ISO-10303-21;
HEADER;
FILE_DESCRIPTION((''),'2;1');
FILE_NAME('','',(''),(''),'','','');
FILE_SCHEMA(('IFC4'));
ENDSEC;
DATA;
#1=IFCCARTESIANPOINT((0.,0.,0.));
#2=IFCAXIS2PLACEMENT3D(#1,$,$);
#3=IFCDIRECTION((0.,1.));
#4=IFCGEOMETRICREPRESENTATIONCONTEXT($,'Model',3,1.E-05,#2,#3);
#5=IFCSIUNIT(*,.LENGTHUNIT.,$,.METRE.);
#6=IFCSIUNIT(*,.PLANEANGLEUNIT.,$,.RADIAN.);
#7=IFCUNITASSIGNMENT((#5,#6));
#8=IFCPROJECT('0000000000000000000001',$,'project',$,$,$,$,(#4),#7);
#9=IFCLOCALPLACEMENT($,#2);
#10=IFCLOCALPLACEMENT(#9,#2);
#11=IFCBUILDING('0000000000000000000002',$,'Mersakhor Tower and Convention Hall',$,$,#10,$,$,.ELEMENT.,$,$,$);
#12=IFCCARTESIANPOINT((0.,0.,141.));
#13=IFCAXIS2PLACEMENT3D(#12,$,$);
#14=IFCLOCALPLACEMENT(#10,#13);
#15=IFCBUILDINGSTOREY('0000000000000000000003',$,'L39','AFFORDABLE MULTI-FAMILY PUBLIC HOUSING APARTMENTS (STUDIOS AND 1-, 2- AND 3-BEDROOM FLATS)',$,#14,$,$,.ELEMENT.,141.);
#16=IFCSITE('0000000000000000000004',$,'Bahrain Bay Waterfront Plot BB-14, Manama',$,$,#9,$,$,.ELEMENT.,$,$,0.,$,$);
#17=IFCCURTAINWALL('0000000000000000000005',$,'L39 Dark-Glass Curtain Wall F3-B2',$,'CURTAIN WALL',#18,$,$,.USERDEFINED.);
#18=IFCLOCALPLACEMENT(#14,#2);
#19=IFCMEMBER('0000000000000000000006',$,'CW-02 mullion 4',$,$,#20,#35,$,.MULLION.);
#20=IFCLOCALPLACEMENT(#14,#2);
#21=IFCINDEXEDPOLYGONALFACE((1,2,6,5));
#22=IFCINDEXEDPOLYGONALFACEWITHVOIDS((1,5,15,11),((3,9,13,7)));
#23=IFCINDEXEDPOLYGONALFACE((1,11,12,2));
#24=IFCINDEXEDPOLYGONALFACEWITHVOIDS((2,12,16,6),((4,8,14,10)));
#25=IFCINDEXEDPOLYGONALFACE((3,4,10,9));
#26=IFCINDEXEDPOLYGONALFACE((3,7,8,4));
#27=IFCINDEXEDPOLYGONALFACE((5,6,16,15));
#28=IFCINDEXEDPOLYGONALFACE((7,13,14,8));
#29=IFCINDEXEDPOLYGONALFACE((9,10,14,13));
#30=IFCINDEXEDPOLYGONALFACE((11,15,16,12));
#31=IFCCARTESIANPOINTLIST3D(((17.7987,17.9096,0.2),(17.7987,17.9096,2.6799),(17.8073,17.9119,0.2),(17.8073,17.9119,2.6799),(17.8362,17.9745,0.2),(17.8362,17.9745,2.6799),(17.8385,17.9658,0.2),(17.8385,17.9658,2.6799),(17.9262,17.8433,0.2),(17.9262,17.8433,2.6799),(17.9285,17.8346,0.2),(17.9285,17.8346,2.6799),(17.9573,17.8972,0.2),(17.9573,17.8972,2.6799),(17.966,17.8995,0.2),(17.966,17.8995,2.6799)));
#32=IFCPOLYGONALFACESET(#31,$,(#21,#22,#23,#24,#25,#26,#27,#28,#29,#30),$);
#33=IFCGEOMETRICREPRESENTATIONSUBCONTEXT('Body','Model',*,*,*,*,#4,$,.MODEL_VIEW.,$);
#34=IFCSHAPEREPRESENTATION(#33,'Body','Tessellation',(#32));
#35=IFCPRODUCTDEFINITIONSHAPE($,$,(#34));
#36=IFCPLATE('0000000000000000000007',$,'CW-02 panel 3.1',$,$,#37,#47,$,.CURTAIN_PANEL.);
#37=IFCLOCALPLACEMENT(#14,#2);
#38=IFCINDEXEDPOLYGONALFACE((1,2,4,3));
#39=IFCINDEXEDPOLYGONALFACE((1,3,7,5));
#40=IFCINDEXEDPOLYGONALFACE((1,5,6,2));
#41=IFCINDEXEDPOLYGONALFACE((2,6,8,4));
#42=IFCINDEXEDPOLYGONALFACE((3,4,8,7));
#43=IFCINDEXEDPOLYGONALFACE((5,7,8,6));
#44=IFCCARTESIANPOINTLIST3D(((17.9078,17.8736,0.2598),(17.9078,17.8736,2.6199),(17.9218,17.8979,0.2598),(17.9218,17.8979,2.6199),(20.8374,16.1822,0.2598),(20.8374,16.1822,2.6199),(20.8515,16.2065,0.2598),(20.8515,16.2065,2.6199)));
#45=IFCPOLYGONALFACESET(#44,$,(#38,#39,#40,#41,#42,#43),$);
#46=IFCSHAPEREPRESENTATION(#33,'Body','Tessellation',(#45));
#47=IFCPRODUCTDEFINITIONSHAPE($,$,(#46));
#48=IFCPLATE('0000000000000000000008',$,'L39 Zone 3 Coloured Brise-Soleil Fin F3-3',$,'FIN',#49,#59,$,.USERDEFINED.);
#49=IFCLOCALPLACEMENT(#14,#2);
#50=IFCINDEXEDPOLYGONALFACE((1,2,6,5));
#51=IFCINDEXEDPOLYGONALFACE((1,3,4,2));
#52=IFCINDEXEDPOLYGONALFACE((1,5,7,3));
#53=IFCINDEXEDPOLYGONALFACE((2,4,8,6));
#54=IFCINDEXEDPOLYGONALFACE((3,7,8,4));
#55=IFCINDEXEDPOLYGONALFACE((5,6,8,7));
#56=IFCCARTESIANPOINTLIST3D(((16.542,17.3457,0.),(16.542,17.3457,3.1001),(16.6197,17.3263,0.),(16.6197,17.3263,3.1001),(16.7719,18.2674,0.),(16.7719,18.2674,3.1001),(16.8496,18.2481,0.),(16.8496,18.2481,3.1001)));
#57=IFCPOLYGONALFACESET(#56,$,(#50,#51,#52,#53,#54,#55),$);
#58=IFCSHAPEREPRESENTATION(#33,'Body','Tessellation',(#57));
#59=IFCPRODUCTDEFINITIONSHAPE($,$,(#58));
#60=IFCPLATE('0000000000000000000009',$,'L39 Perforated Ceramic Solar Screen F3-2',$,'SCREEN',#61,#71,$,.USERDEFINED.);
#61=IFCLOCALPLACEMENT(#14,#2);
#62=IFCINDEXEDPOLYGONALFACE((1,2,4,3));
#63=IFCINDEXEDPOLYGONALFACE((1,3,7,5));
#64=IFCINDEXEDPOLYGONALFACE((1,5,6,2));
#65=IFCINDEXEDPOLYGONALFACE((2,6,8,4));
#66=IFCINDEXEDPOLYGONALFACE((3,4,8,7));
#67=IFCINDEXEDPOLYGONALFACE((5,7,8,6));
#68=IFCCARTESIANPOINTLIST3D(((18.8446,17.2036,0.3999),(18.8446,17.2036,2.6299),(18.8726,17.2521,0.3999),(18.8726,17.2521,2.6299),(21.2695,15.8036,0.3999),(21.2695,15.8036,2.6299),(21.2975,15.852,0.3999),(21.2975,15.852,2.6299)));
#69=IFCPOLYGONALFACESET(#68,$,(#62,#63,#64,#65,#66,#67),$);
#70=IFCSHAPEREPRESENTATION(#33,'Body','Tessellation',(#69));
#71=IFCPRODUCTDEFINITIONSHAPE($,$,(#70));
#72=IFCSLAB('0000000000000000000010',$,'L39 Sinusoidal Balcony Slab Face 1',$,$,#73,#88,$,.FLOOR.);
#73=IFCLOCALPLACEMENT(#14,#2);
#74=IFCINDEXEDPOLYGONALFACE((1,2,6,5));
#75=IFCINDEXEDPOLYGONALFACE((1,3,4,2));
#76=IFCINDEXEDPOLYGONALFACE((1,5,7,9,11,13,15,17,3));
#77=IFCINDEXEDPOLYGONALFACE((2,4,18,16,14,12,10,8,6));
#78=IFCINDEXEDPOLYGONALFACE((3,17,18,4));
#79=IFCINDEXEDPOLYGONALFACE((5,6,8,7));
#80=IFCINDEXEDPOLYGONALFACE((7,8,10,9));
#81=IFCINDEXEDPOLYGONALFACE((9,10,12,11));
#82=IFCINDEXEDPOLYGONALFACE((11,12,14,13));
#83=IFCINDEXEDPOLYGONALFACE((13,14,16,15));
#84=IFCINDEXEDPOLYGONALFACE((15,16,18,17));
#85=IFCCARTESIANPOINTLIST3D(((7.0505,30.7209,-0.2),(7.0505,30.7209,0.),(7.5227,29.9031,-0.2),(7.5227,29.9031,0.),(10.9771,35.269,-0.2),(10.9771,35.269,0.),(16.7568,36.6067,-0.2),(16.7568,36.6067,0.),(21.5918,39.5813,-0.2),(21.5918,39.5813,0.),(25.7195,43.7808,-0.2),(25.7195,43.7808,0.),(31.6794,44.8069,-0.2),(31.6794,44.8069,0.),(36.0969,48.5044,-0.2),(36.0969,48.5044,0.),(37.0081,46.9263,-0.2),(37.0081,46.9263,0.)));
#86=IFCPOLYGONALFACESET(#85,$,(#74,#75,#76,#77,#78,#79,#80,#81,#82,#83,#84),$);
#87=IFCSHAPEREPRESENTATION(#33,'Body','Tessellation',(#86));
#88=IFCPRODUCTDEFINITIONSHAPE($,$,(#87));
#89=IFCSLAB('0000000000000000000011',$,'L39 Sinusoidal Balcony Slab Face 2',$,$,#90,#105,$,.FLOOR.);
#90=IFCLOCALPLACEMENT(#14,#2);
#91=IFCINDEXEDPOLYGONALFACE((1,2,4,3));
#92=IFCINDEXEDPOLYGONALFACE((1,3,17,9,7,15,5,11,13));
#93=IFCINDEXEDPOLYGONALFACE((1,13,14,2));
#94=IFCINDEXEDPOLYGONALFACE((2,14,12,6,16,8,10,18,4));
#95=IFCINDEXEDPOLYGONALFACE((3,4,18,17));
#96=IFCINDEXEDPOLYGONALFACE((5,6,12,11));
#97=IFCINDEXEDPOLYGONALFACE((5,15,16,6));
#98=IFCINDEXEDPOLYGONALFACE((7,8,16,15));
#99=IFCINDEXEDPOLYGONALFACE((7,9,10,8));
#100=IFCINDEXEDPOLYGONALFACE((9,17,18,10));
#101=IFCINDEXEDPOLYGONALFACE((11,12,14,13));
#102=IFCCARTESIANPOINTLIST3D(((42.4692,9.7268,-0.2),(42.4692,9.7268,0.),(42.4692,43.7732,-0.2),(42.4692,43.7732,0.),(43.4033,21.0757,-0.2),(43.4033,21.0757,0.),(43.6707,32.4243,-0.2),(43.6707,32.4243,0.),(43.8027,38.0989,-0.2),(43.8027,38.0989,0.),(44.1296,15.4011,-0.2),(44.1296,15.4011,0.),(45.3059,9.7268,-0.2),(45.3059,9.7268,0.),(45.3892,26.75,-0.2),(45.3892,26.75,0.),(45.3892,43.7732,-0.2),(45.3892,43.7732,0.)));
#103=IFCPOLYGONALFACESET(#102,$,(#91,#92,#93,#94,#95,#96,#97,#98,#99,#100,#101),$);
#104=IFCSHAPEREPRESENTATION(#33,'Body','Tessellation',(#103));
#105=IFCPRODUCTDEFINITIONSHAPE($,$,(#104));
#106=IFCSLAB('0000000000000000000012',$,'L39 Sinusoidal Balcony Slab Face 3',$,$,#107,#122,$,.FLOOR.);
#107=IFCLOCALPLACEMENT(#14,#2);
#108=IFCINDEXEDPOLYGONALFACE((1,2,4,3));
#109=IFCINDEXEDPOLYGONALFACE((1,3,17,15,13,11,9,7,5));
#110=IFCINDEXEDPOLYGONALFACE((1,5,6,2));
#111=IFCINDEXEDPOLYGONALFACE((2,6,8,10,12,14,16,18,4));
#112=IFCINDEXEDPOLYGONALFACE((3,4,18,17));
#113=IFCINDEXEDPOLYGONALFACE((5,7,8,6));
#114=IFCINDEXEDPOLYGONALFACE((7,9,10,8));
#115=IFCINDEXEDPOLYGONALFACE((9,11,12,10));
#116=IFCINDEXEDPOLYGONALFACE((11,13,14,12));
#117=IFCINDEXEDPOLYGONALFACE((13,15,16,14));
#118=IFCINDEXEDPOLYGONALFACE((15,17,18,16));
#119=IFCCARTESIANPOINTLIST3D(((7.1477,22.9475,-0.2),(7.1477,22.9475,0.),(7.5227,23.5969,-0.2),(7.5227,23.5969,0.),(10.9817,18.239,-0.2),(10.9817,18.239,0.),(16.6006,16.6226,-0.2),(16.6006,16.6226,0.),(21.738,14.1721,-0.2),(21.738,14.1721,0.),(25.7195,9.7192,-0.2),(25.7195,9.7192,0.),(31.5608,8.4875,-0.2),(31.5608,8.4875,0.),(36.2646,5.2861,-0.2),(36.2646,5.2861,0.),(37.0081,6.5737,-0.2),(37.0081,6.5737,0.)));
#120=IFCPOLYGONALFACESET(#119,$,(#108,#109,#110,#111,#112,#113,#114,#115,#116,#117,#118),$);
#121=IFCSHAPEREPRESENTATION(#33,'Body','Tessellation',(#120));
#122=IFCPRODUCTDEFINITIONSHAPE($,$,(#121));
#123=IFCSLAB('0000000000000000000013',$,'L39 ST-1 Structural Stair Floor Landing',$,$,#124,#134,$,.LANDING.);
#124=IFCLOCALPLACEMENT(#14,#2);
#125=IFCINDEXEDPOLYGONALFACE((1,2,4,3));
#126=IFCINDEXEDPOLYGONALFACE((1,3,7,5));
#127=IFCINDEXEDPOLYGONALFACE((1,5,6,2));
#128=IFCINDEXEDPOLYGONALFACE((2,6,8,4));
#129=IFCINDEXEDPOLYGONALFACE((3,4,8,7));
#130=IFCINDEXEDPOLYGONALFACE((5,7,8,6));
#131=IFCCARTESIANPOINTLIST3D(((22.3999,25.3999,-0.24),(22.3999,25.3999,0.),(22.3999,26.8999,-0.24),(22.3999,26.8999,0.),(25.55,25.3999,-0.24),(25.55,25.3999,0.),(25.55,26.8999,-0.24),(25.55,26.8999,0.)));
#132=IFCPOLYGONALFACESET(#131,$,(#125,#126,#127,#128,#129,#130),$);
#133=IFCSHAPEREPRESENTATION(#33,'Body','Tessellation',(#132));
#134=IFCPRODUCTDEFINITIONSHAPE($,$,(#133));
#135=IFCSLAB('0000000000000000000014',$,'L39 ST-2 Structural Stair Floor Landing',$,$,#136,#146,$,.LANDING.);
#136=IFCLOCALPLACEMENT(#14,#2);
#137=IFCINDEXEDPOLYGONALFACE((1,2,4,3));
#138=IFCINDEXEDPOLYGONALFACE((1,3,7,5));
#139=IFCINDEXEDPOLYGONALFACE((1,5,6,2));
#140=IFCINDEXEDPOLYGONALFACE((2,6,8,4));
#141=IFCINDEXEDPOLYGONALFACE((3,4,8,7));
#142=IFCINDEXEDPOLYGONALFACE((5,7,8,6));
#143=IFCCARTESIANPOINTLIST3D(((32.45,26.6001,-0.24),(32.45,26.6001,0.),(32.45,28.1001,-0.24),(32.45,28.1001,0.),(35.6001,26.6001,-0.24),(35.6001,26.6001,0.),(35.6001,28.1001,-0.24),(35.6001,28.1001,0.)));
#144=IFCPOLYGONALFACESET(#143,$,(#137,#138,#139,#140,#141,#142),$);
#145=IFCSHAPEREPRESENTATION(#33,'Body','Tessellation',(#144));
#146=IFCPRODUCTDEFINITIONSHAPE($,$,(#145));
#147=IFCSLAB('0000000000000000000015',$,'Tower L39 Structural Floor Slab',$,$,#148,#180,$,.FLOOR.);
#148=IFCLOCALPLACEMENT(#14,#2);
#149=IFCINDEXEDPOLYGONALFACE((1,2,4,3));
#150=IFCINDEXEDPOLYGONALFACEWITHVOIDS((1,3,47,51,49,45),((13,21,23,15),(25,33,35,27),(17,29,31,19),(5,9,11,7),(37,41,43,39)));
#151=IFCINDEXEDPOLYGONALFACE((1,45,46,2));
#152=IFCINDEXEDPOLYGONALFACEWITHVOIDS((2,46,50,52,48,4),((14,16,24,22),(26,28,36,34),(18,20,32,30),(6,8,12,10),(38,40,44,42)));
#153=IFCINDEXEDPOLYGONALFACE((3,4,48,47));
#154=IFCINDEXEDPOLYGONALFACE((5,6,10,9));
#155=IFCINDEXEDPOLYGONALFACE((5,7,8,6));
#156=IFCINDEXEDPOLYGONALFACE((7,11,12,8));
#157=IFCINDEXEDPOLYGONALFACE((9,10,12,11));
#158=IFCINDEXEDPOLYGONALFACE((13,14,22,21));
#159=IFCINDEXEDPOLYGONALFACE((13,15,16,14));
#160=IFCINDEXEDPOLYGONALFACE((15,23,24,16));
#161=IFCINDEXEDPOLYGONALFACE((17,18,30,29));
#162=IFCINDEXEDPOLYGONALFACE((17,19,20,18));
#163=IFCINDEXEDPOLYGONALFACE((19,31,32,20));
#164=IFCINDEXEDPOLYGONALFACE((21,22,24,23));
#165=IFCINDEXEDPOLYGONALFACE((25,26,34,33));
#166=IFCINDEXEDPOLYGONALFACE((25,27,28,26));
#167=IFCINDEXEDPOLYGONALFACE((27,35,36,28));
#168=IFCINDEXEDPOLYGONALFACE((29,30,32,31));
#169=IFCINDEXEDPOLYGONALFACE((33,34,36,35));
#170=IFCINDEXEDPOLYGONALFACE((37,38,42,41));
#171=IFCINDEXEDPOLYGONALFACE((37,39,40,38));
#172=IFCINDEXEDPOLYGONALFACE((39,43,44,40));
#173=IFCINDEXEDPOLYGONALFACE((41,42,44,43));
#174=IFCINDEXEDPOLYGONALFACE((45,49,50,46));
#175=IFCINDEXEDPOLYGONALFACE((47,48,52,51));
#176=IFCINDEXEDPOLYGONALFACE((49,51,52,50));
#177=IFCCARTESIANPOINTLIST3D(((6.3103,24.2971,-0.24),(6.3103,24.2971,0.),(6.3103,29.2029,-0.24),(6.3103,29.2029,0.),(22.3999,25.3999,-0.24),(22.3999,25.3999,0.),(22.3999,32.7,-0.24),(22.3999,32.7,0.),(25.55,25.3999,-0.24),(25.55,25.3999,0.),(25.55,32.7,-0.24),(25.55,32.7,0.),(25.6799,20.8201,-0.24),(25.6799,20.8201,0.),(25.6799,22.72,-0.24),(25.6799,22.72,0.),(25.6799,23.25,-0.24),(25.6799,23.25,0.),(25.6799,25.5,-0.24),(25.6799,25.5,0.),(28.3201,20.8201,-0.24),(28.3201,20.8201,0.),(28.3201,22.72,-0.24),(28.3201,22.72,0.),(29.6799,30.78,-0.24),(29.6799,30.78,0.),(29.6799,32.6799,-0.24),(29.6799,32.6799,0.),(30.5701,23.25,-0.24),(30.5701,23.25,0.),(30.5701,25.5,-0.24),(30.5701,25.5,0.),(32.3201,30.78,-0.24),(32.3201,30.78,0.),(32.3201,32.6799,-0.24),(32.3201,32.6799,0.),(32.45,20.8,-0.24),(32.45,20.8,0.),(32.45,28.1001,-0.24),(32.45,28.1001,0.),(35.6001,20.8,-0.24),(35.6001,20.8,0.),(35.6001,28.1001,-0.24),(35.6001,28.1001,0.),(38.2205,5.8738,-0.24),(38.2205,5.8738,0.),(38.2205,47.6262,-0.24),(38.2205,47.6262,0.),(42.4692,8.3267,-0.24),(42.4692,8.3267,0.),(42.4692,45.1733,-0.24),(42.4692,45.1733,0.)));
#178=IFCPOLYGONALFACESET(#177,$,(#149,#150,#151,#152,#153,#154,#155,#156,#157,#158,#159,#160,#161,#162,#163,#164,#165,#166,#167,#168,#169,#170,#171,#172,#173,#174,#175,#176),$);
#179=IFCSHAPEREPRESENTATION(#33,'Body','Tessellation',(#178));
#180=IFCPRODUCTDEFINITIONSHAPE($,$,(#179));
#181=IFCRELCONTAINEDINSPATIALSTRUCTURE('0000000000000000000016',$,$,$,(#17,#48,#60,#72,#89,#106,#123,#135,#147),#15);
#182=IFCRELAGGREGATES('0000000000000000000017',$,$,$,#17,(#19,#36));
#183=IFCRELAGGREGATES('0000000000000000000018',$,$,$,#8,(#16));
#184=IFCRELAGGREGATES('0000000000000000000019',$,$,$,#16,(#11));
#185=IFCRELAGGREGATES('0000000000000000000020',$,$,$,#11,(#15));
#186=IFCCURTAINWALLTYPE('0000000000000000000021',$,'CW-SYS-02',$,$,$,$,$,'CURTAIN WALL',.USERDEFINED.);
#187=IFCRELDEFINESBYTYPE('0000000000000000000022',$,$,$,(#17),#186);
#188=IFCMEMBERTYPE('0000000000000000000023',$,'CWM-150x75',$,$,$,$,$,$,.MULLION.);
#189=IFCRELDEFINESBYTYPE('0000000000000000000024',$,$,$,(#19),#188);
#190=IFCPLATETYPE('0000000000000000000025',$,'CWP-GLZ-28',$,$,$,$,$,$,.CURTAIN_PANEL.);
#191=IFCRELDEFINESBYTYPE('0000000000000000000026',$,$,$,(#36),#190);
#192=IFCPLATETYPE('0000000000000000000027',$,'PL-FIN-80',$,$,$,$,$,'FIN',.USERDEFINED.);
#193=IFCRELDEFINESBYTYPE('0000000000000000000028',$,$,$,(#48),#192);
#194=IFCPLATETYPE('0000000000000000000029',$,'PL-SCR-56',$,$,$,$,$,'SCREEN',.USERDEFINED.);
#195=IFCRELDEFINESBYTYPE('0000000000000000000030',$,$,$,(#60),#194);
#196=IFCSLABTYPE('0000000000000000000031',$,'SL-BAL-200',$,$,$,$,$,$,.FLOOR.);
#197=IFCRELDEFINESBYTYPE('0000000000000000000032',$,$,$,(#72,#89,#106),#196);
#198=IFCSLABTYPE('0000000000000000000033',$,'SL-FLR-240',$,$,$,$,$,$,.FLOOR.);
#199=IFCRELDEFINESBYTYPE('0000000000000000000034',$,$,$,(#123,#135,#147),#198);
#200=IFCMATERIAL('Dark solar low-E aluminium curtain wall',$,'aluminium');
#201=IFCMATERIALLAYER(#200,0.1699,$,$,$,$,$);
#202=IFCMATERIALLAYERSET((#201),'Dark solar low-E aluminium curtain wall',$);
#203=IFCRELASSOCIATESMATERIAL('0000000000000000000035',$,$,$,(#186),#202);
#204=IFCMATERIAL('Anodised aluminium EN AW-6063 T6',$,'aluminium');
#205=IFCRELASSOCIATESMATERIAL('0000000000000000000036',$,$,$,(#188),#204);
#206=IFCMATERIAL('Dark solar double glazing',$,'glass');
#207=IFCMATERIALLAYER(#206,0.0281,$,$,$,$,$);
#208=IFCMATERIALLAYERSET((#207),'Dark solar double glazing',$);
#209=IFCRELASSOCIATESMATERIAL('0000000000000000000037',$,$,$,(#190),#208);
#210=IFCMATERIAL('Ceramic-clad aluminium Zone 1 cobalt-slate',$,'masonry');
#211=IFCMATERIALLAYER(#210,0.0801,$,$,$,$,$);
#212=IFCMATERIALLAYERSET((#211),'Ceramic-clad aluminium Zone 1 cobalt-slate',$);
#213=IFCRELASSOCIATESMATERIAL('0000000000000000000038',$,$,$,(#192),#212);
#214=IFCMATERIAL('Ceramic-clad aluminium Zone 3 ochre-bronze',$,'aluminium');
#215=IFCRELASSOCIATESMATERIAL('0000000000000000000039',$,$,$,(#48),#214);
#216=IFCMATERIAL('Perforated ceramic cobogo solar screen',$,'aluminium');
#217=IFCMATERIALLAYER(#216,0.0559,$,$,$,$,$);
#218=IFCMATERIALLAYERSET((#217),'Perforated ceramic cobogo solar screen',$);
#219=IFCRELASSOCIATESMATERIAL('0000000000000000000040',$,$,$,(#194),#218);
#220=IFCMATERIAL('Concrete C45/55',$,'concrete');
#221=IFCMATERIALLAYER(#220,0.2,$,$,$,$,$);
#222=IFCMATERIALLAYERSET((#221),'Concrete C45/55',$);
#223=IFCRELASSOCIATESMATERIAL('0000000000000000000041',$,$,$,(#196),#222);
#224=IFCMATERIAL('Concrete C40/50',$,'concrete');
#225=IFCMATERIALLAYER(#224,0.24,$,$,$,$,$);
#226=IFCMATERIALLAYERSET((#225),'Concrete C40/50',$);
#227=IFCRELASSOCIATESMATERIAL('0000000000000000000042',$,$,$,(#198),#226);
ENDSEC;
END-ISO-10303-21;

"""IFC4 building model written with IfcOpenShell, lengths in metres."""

from ifc_helpers import new_model, si_unit, direction, frame, origin, origin_2d, place, context, subcontext, project, spatial, polyline, rectangle, hollow_rectangle, outline, extrude, material, layer, layer_set, material_profile, profile_set, type_object, element, aggregate, save


model = new_model("IFC4")

# Units and contexts
model_context = context("Model", 3, precision=1e-05, world=origin(), true_north=direction((0.0, 1.0)))
body_context = subcontext(model_context, "Body", "Model", "MODEL_VIEW")
ifc_project = project(units=[si_unit("LENGTHUNIT", "METRE"), si_unit("PLANEANGLEUNIT", "RADIAN")], contexts=[model_context])

# Site, building, storey
site_placement = place(None, origin())
site = spatial("IfcSite", under=ifc_project, at=site_placement, Name="Bahrain Bay Waterfront Plot BB-14, Manama", CompositionType="ELEMENT", RefElevation=0.0)
building_placement = place(site_placement, origin())
building = spatial("IfcBuilding", under=site, at=building_placement, Name="Mersakhor Tower and Convention Hall", CompositionType="ELEMENT")
storey_placement = place(building_placement, frame((0.0, 0.0, 141.0)))
storey = spatial("IfcBuildingStorey", under=building, at=storey_placement, Name="L39", Description="AFFORDABLE MULTI-FAMILY PUBLIC HOUSING APARTMENTS (STUDIOS AND 1-, 2- AND 3-BEDROOM FLATS)", CompositionType="ELEMENT", Elevation=141.0)

# Curtain wall, member, plate
ifc_material_1 = material(Name="Dark solar low-E aluminium curtain wall", Category="aluminium")
ifc_layer_1 = layer(ifc_material_1, 0.1699)
ifc_layer_set_1 = layer_set([ifc_layer_1], Name="Dark solar low-E aluminium curtain wall")
curtain_wall_type = type_object("IfcCurtainWallType", Name="CW-SYS-02", ElementType="CURTAIN WALL", PredefinedType="USERDEFINED", material=ifc_layer_set_1)
curtain_wall_placement = place(storey_placement, origin())
curtain_wall = element("IfcCurtainWall", 1, at=curtain_wall_placement, inside=storey, type_object=curtain_wall_type, Name="L39 Dark-Glass Curtain Wall F3-B2", ObjectType="CURTAIN WALL", PredefinedType="USERDEFINED")
ifc_material_2 = material(Name="Anodised aluminium EN AW-6063 T6", Category="aluminium")
ifc_material_profile = material_profile(ifc_material_2, hollow_rectangle(XDim=0.075, YDim=0.1499, WallThickness=0.0063, at=origin_2d()), Name="RHS 150x75x6.3")
ifc_profile_set = profile_set([ifc_material_profile], Name="Anodised aluminium EN AW-6063 T6")
member_type = type_object("IfcMemberType", Name="CWM-150x75", PredefinedType="MULLION", material=ifc_profile_set)
member_placement = place(storey_placement, frame((17.8823, 17.9045, 0.2), z_axis=(0.0, 0.0, 1.0), x_axis=(-0.49999, -0.866031, 0.0)))
member = element("IfcMember", 2, at=member_placement, type_object=member_type, Name="CW-02 mullion 4", PredefinedType="MULLION", context=body_context, shape_type="SweptSolid", body=[
    extrude(hollow_rectangle(XDim=0.075, YDim=0.1499, WallThickness=0.0063, at=origin_2d()), origin(), (0.0, 0.0, 1.0), 2.48),
])
ifc_material_3 = material(Name="Dark solar double glazing", Category="glass")
ifc_layer_2 = layer(ifc_material_3, 0.0281)
ifc_layer_set_2 = layer_set([ifc_layer_2], Name="Dark solar double glazing")
plate_type_1 = type_object("IfcPlateType", Name="CWP-GLZ-28", PredefinedType="CURTAIN_PANEL", material=ifc_layer_set_2)
plate_1_placement = place(storey_placement, frame((19.3796, 17.04, 0.2598), z_axis=(0.0, 0.0, 1.0), x_axis=(-0.866031, 0.49999, 0.0)))
plate_1 = element("IfcPlate", 3, at=plate_1_placement, type_object=plate_type_1, Name="CW-02 panel 3.1", PredefinedType="CURTAIN_PANEL", context=body_context, shape_type="SweptSolid", body=[
    extrude(rectangle(XDim=3.3828, YDim=0.0281, at=origin_2d()), origin(), (0.0, 0.0, 1.0), 2.3601),
])
aggregate(curtain_wall, [member, plate_1])

# Plates
ifc_material_4 = material(Name="Ceramic-clad aluminium Zone 3 ochre-bronze", Category="aluminium")
ifc_material_5 = material(Name="Ceramic-clad aluminium Zone 1 cobalt-slate", Category="masonry")
ifc_layer_3 = layer(ifc_material_5, 0.0801)
ifc_layer_set_3 = layer_set([ifc_layer_3], Name="Ceramic-clad aluminium Zone 1 cobalt-slate")
plate_type_2 = type_object("IfcPlateType", Name="PL-FIN-80", ElementType="FIN", PredefinedType="USERDEFINED", material=ifc_layer_set_3)
plate_2_placement = place(storey_placement, frame((16.6958, 17.7969, 0.0), z_axis=(0.0, 0.0, 1.0), x_axis=(-0.241922, -0.970296, 0.0)))
element("IfcPlate", 4, at=plate_2_placement, inside=storey, type_object=plate_type_2, material=ifc_material_4, Name="L39 Zone 3 Coloured Brise-Soleil Fin F3-3", ObjectType="FIN", PredefinedType="USERDEFINED", context=body_context, shape_type="SweptSolid", body=[
    extrude(rectangle(XDim=0.95, YDim=0.0801, at=origin_2d()), origin(), (0.0, 0.0, 1.0), 3.1001),
])
ifc_material_6 = material(Name="Perforated ceramic cobogo solar screen", Category="aluminium")
ifc_layer_4 = layer(ifc_material_6, 0.0559)
ifc_layer_set_4 = layer_set([ifc_layer_4], Name="Perforated ceramic cobogo solar screen")
plate_type_3 = type_object("IfcPlateType", Name="PL-SCR-56", ElementType="SCREEN", PredefinedType="USERDEFINED", material=ifc_layer_set_4)
plate_3_placement = place(storey_placement, frame((20.071, 16.5278, 0.3999), z_axis=(0.0, 0.0, 1.0), x_axis=(-0.866025, 0.5, 0.0)))
element("IfcPlate", 5, at=plate_3_placement, inside=storey, type_object=plate_type_3, Name="L39 Perforated Ceramic Solar Screen F3-2", ObjectType="SCREEN", PredefinedType="USERDEFINED", context=body_context, shape_type="SweptSolid", body=[
    extrude(rectangle(XDim=2.8, YDim=0.0559, at=origin_2d()), origin(), (0.0, 0.0, 1.0), 2.23),
])

# Slabs
ifc_material_7 = material(Name="Concrete C45/55", Category="concrete")
ifc_layer_5 = layer(ifc_material_7, 0.2)
ifc_layer_set_5 = layer_set([ifc_layer_5], Name="Concrete C45/55")
slab_type_1 = type_object("IfcSlabType", Name="SL-BAL-200", PredefinedType="FLOOR", material=ifc_layer_set_5)
slab_1_placement = place(storey_placement, frame((0.0, 0.0, -0.2)))
element("IfcSlab", 6, at=slab_1_placement, inside=storey, type_object=slab_type_1, Name="L39 Sinusoidal Balcony Slab Face 1", PredefinedType="FLOOR", context=body_context, shape_type="SweptSolid", body=[
    extrude(outline(polyline([(7.5227, 29.9031), (37.0081, 46.9263), (36.0969, 48.5044), (31.6794, 44.8069), (25.7195, 43.7808), (21.5918, 39.5813), (16.7568, 36.6067), (10.9771, 35.269), (7.0505, 30.7209), (7.5227, 29.9031)])), origin(), (0.0, 0.0, 1.0), 0.2),
])
slab_2_placement = place(storey_placement, frame((0.0, 0.0, -0.2)))
element("IfcSlab", 7, at=slab_2_placement, inside=storey, type_object=slab_type_1, Name="L39 Sinusoidal Balcony Slab Face 2", PredefinedType="FLOOR", context=body_context, shape_type="SweptSolid", body=[
    extrude(outline(polyline([(42.4692, 43.7732), (42.4692, 9.7268), (45.3059, 9.7268), (44.1296, 15.4011), (43.4033, 21.0757), (45.3892, 26.75), (43.6707, 32.4243), (43.8027, 38.0989), (45.3892, 43.7732), (42.4692, 43.7732)])), origin(), (0.0, 0.0, 1.0), 0.2),
])
slab_3_placement = place(storey_placement, frame((0.0, 0.0, -0.2)))
element("IfcSlab", 8, at=slab_3_placement, inside=storey, type_object=slab_type_1, Name="L39 Sinusoidal Balcony Slab Face 3", PredefinedType="FLOOR", context=body_context, shape_type="SweptSolid", body=[
    extrude(outline(polyline([(37.0081, 6.5737), (7.5227, 23.5969), (7.1477, 22.9475), (10.9817, 18.239), (16.6006, 16.6226), (21.738, 14.1721), (25.7195, 9.7192), (31.5608, 8.4875), (36.2646, 5.2861), (37.0081, 6.5737)])), origin(), (0.0, 0.0, 1.0), 0.2),
])
ifc_material_8 = material(Name="Concrete C40/50", Category="concrete")
ifc_layer_6 = layer(ifc_material_8, 0.24)
ifc_layer_set_6 = layer_set([ifc_layer_6], Name="Concrete C40/50")
slab_type_2 = type_object("IfcSlabType", Name="SL-FLR-240", PredefinedType="FLOOR", material=ifc_layer_set_6)
slab_4_placement = place(storey_placement, frame((0.0, 0.0, -0.24)))
element("IfcSlab", 9, at=slab_4_placement, inside=storey, type_object=slab_type_2, Name="L39 ST-1 Structural Stair Floor Landing", PredefinedType="LANDING", context=body_context, shape_type="SweptSolid", body=[
    extrude(outline(polyline([(25.55, 25.3999), (25.55, 26.8999), (22.3999, 26.8999), (22.3999, 25.3999), (25.55, 25.3999)])), origin(), (0.0, 0.0, 1.0), 0.24),
])
slab_5_placement = place(storey_placement, frame((0.0, 0.0, -0.24)))
element("IfcSlab", 10, at=slab_5_placement, inside=storey, type_object=slab_type_2, Name="L39 ST-2 Structural Stair Floor Landing", PredefinedType="LANDING", context=body_context, shape_type="SweptSolid", body=[
    extrude(outline(polyline([(32.45, 28.1001), (32.45, 26.6001), (35.6001, 26.6001), (35.6001, 28.1001), (32.45, 28.1001)])), origin(), (0.0, 0.0, 1.0), 0.24),
])
slab_6_placement = place(storey_placement, frame((0.0, 0.0, -0.24)))
element("IfcSlab", 11, at=slab_6_placement, inside=storey, type_object=slab_type_2, Name="Tower L39 Structural Floor Slab", PredefinedType="FLOOR", context=body_context, shape_type="SweptSolid", body=[
    extrude(outline(polyline([(6.3103, 29.2029), (38.2205, 47.6262), (42.4692, 45.1733), (42.4692, 8.3267), (38.2205, 5.8738), (6.3103, 24.2971), (6.3103, 29.2029)]), holes=[polyline([(25.55, 25.3999), (25.55, 32.7), (22.3999, 32.7), (22.3999, 25.3999), (25.55, 25.3999)]), polyline([(32.45, 28.1001), (32.45, 20.8), (35.6001, 20.8), (35.6001, 28.1001), (32.45, 28.1001)]), polyline([(25.6799, 20.8201), (25.6799, 22.72), (28.3201, 22.72), (28.3201, 20.8201), (25.6799, 20.8201)]), polyline([(29.6799, 30.78), (29.6799, 32.6799), (32.3201, 32.6799), (32.3201, 30.78), (29.6799, 30.78)]), polyline([(25.6799, 23.25), (25.6799, 25.5), (30.5701, 25.5), (30.5701, 23.25), (25.6799, 23.25)])]), origin(), (0.0, 0.0, 1.0), 0.24),
])

save(model, "model.ifc")
